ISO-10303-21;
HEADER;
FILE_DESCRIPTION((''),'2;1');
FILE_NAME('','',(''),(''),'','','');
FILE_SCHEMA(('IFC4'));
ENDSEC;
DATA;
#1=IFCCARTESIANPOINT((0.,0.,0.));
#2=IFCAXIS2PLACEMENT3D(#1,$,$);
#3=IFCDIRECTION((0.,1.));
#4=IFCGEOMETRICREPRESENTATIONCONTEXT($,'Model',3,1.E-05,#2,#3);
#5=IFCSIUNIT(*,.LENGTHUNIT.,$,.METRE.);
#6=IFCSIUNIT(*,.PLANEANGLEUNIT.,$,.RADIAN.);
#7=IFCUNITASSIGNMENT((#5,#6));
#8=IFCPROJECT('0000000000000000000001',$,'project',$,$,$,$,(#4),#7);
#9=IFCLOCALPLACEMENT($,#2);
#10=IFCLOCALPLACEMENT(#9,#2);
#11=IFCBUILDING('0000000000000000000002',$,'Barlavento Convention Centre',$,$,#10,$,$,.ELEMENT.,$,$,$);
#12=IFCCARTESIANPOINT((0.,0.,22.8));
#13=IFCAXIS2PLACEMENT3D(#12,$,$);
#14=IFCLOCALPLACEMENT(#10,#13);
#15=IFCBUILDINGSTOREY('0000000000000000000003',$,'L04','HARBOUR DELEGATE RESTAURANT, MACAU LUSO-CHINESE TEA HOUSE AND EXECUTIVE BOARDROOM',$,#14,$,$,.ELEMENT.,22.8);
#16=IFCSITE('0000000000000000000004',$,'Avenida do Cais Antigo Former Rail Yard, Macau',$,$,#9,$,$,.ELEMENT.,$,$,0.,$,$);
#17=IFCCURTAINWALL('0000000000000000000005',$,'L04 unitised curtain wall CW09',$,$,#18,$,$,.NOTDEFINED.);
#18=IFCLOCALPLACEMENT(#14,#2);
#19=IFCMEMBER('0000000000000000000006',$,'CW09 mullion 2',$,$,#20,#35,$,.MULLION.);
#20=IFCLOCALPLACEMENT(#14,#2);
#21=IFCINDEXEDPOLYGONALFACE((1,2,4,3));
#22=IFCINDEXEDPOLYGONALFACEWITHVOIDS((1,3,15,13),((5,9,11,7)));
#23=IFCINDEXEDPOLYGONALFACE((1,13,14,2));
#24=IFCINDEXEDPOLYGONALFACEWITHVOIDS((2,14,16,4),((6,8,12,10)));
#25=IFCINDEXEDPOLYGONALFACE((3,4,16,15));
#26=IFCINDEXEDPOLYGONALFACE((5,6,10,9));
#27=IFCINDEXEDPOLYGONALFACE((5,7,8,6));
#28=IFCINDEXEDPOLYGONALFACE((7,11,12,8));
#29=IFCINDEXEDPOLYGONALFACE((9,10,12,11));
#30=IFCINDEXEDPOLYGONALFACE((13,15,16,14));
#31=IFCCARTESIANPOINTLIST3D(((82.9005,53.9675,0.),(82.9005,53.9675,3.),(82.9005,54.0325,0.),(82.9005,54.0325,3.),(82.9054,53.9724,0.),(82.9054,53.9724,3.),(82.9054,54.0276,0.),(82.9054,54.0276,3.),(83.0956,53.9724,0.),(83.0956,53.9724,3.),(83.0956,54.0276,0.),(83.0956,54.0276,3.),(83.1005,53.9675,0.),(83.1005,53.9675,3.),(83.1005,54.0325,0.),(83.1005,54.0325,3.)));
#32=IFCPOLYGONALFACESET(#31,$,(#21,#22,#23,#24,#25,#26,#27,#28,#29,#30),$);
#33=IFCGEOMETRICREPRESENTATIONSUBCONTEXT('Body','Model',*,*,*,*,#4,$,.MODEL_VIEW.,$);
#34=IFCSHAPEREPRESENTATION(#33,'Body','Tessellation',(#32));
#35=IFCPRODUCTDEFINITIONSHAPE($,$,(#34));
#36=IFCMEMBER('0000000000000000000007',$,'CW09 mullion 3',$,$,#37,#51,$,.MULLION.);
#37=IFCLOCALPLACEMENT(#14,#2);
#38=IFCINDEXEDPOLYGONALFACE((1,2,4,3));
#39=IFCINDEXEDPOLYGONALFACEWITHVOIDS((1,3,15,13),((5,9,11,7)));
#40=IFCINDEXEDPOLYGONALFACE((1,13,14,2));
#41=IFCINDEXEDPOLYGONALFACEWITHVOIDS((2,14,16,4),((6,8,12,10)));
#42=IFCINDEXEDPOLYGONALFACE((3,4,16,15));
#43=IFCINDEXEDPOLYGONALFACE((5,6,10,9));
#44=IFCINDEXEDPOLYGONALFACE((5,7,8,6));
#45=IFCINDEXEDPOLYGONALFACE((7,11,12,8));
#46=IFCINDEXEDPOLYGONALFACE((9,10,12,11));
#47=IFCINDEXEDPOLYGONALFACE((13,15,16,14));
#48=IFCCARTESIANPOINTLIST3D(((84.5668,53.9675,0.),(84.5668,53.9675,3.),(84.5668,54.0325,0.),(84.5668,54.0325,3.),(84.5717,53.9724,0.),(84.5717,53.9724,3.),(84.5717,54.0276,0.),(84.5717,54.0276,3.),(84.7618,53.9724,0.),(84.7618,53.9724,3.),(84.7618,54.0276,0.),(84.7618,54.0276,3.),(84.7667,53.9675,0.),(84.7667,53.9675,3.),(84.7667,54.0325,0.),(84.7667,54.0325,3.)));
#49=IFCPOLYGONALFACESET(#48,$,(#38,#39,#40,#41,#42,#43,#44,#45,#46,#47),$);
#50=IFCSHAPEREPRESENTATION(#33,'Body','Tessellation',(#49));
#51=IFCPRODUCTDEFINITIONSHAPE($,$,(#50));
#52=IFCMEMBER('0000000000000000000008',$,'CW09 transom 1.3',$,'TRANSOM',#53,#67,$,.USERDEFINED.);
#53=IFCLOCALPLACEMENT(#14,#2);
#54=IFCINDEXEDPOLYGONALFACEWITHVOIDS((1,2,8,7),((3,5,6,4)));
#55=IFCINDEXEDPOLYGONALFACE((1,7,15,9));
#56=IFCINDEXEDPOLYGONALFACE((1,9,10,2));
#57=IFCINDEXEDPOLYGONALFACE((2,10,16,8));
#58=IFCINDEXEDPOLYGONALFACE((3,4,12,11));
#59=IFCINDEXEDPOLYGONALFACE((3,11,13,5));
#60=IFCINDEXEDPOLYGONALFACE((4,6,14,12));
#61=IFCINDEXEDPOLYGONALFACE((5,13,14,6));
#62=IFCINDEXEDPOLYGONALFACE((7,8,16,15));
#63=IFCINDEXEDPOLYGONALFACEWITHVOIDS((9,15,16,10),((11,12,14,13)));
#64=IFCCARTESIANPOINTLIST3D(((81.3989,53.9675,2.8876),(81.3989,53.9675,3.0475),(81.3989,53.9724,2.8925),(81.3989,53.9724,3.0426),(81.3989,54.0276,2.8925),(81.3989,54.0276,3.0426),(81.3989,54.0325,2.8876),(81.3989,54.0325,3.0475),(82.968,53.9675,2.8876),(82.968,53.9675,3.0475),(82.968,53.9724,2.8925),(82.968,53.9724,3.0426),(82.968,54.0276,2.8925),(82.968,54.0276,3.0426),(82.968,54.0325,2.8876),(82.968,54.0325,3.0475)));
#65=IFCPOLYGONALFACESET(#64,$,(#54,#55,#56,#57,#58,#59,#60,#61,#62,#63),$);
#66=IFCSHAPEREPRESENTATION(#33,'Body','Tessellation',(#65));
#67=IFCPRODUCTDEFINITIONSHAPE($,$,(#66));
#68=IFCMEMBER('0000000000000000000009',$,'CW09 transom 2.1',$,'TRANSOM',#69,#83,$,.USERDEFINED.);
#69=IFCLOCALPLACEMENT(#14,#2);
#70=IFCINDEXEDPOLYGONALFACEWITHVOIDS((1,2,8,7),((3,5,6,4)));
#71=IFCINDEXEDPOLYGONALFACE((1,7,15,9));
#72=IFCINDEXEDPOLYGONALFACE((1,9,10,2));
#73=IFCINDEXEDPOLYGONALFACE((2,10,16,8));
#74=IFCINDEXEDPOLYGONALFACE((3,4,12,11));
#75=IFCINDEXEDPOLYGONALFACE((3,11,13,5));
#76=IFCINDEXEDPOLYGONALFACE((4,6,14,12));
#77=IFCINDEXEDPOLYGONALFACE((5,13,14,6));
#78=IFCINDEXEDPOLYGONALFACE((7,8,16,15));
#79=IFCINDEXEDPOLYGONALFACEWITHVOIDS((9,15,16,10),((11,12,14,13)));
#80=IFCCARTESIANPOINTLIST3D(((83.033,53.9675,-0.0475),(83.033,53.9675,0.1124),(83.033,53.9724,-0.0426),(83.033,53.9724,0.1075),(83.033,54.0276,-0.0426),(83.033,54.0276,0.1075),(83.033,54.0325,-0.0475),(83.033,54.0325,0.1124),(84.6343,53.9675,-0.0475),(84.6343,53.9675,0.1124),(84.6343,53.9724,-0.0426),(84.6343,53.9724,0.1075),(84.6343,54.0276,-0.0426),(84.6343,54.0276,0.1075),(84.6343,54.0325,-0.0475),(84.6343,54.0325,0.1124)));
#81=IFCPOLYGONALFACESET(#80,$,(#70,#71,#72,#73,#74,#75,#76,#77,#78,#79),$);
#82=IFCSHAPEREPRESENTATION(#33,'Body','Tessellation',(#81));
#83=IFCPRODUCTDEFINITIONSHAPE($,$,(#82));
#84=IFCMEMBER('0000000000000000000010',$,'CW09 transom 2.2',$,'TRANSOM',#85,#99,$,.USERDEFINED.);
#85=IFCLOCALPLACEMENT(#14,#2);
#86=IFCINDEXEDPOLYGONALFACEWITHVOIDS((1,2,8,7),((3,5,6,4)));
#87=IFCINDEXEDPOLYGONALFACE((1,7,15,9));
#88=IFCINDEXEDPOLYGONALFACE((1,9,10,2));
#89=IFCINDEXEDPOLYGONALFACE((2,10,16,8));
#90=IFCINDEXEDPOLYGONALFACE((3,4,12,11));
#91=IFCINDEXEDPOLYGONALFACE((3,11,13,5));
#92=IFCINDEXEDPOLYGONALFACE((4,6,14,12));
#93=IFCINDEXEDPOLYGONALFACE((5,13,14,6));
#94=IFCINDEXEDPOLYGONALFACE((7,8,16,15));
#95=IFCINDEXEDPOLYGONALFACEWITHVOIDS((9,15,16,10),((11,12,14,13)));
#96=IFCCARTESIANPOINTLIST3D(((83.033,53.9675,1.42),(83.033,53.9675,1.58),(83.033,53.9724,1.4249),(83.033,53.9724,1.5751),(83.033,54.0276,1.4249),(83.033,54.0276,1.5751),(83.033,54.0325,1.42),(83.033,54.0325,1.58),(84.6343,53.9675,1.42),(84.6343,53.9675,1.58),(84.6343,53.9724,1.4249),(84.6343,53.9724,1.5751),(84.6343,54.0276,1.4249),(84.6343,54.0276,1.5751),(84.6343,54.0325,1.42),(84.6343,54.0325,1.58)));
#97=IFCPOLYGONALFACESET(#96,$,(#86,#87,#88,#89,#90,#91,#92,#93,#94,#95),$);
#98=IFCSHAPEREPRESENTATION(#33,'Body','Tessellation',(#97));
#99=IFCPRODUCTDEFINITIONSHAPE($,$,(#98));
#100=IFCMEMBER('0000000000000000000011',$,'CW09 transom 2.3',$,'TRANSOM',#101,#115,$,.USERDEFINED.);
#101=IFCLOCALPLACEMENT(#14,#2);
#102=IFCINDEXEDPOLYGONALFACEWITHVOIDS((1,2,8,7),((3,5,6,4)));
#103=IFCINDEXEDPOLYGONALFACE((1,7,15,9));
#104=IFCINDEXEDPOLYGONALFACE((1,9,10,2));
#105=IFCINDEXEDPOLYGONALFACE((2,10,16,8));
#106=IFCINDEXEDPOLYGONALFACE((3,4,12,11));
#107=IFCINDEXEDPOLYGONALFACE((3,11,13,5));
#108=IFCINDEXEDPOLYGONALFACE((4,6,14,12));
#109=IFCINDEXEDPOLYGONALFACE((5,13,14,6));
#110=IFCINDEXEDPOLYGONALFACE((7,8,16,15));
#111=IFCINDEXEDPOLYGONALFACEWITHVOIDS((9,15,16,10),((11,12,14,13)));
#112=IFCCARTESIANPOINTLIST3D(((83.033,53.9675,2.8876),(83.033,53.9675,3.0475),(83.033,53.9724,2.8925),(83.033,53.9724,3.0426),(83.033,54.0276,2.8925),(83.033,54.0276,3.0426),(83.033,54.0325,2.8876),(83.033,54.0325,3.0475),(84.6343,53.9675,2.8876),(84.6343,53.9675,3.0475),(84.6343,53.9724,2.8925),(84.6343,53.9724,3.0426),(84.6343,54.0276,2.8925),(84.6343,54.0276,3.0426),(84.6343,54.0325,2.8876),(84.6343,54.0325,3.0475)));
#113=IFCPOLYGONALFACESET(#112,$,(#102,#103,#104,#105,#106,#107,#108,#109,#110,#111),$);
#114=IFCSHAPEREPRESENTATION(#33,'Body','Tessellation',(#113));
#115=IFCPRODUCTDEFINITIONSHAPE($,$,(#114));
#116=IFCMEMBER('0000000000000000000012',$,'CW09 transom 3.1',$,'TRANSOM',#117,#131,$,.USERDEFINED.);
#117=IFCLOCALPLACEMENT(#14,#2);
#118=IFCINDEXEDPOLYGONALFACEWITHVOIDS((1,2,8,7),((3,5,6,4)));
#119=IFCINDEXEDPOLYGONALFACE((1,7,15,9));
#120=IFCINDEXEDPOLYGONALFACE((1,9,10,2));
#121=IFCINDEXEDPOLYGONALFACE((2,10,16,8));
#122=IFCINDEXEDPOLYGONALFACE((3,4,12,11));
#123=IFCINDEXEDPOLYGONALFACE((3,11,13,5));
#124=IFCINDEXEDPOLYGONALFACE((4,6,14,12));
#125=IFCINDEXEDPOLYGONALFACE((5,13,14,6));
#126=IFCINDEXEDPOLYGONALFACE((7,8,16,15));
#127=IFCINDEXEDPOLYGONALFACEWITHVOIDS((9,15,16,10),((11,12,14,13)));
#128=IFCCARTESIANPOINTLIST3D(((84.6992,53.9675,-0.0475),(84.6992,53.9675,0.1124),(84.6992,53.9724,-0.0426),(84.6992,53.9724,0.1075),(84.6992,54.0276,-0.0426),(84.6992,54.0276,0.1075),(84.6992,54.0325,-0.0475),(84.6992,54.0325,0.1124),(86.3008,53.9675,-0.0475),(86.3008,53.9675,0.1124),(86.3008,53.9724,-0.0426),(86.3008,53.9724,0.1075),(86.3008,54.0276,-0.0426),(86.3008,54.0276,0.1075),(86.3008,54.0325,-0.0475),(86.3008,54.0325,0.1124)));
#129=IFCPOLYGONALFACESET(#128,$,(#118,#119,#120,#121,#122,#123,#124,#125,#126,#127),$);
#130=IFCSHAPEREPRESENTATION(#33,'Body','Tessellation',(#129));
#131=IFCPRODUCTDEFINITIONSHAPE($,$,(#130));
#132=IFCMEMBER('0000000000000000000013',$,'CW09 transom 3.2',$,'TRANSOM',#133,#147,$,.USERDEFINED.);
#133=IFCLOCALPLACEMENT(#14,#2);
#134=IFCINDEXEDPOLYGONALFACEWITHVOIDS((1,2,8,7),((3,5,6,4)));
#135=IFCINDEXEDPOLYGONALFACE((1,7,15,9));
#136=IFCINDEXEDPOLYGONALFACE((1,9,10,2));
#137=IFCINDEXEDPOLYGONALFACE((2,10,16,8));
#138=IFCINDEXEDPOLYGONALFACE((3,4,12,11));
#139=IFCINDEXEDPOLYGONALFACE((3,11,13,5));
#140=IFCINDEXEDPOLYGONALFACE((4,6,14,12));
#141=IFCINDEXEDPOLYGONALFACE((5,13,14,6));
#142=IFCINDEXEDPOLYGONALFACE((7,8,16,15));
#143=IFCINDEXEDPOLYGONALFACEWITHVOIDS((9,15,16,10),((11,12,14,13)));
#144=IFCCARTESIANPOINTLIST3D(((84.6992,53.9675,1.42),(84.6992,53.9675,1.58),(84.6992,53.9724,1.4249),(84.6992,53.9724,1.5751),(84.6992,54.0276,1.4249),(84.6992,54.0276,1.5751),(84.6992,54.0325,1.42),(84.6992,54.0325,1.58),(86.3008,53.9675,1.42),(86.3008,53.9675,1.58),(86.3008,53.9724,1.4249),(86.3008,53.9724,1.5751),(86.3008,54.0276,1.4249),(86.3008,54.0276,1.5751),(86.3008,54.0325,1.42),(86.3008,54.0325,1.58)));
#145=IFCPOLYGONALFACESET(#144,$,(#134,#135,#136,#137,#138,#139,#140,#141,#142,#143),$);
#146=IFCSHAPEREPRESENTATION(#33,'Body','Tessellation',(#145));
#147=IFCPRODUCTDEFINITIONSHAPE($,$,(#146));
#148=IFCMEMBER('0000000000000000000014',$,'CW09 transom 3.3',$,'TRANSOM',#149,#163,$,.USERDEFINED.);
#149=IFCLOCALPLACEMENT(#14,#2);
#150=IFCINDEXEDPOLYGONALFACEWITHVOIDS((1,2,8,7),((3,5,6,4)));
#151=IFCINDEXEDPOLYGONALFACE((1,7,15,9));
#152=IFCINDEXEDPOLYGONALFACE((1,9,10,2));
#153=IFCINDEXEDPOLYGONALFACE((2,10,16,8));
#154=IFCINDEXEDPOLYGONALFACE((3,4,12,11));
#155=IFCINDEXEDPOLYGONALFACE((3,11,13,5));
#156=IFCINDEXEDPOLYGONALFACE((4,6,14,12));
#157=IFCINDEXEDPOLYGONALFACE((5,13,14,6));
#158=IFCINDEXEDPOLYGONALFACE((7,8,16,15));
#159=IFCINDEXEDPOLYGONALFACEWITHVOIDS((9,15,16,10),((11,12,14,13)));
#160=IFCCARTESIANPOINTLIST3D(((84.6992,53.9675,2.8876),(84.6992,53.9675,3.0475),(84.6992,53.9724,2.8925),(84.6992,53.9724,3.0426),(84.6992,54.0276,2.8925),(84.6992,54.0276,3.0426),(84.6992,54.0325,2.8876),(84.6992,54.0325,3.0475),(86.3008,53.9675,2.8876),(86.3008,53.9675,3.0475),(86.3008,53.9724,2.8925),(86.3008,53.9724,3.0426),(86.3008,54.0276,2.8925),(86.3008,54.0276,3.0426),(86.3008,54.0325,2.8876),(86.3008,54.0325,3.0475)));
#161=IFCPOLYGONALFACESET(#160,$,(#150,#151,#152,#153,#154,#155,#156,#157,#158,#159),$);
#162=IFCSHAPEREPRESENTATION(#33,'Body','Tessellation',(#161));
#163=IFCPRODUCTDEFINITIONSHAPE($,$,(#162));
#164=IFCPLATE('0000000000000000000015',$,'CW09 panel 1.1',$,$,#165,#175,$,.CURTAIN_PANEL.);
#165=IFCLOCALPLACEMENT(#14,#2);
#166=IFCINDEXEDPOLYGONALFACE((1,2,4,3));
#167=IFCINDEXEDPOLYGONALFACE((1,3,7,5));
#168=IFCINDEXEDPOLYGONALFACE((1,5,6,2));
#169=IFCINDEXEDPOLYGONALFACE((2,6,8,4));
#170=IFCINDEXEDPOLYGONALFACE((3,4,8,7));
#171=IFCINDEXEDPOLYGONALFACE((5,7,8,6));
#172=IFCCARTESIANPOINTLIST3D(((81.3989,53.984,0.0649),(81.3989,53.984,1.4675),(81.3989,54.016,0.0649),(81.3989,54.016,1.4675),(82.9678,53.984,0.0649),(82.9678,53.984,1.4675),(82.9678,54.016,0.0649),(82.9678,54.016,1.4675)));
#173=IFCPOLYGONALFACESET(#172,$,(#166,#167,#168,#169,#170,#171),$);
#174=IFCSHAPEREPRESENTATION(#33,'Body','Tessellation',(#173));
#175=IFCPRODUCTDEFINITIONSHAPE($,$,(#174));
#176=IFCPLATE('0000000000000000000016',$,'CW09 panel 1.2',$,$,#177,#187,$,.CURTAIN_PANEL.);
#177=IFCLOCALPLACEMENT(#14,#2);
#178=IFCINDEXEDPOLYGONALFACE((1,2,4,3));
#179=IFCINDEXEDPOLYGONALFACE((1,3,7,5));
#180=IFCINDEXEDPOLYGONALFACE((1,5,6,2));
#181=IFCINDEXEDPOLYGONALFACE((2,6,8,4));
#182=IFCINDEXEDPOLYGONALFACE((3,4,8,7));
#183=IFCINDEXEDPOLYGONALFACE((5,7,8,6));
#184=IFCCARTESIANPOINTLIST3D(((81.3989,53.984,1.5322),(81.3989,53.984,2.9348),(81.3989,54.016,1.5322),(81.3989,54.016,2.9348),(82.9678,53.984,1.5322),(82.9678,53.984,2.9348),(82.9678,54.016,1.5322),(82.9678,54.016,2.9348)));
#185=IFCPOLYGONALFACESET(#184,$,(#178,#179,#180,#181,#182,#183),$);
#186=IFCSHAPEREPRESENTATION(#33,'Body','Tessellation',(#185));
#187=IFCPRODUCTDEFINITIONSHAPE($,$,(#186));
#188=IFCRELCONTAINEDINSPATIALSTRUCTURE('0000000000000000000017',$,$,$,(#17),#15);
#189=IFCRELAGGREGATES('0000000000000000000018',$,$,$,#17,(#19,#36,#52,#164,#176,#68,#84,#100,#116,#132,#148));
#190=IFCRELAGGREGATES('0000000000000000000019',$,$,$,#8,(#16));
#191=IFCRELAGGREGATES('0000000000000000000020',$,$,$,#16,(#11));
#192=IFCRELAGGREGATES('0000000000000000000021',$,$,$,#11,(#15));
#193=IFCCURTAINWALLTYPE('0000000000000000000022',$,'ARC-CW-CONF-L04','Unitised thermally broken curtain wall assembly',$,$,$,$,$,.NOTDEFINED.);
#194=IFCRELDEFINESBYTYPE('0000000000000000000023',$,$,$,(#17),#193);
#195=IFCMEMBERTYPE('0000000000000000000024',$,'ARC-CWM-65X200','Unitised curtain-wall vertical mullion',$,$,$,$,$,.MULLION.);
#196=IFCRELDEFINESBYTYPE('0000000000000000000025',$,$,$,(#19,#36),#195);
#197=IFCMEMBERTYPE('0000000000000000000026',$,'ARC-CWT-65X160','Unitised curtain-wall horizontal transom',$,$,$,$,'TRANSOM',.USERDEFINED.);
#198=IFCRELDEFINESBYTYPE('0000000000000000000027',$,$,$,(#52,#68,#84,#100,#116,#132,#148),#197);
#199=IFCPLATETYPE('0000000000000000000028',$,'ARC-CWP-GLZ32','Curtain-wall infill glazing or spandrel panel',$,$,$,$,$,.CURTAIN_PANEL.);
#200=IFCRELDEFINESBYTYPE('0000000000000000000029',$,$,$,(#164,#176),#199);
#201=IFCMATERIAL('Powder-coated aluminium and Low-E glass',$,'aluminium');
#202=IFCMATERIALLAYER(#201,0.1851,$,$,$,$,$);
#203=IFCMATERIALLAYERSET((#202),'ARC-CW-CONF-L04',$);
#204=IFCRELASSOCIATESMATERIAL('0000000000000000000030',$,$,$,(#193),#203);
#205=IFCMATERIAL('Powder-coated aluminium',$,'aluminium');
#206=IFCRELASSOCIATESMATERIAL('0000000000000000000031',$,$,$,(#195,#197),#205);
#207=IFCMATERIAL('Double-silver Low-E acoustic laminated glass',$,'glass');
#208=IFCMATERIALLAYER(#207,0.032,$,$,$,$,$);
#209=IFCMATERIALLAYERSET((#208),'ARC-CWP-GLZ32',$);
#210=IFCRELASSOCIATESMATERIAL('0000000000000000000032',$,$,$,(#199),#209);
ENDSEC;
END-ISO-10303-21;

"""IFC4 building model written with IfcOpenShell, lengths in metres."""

from ifc_helpers import new_model, si_unit, direction, frame, origin, origin_2d, place, context, subcontext, project, spatial, rectangle, hollow_rectangle, extrude, material, layer, layer_set, material_profile, profile_set, type_object, element, aggregate, save


model = new_model("IFC4")

# Units and contexts
model_context = context("Model", 3, precision=1e-05, world=origin(), true_north=direction((0.0, 1.0)))
body_context = subcontext(model_context, "Body", "Model", "MODEL_VIEW")
ifc_project = project(units=[si_unit("LENGTHUNIT", "METRE"), si_unit("PLANEANGLEUNIT", "RADIAN")], contexts=[model_context])

# Site, building, storey
site_placement = place(None, origin())
site = spatial("IfcSite", under=ifc_project, at=site_placement, Name="Avenida do Cais Antigo Former Rail Yard, Macau", CompositionType="ELEMENT", RefElevation=0.0)
building_placement = place(site_placement, origin())
building = spatial("IfcBuilding", under=site, at=building_placement, Name="Barlavento Convention Centre", CompositionType="ELEMENT")
storey_placement = place(building_placement, frame((0.0, 0.0, 22.8)))
storey = spatial("IfcBuildingStorey", under=building, at=storey_placement, Name="L04", Description="HARBOUR DELEGATE RESTAURANT, MACAU LUSO-CHINESE TEA HOUSE AND EXECUTIVE BOARDROOM", CompositionType="ELEMENT", Elevation=22.8)

# Curtain wall, members, plates
ifc_material_1 = material(Name="Powder-coated aluminium and Low-E glass", Category="aluminium")
ifc_layer_1 = layer(ifc_material_1, 0.1851)
ifc_layer_set_1 = layer_set([ifc_layer_1], Name="ARC-CW-CONF-L04")
curtain_wall_type = type_object("IfcCurtainWallType", Name="ARC-CW-CONF-L04", Description="Unitised thermally broken curtain wall assembly", PredefinedType="NOTDEFINED", material=ifc_layer_set_1)
curtain_wall_placement = place(storey_placement, origin())
curtain_wall = element("IfcCurtainWall", 1, at=curtain_wall_placement, inside=storey, type_object=curtain_wall_type, Name="L04 unitised curtain wall CW09", PredefinedType="NOTDEFINED")
ifc_material_2 = material(Name="Powder-coated aluminium", Category="aluminium")
ifc_material_profile_1 = material_profile(ifc_material_2, hollow_rectangle(XDim=0.0649, YDim=0.2, WallThickness=0.0049, at=origin_2d()), Name="AL-MULL 65x200x5")
ifc_profile_set_1 = profile_set([ifc_material_profile_1], Name="Powder-coated aluminium")
member_type_1 = type_object("IfcMemberType", Name="ARC-CWM-65X200", Description="Unitised curtain-wall vertical mullion", PredefinedType="MULLION", material=ifc_profile_set_1)
member_1_placement = place(storey_placement, frame((83.0005, 54.0, 0.0), z_axis=(0.0, 0.0, 1.0), x_axis=(0.0, 1.0, 0.0)))
member_1 = element("IfcMember", 2, at=member_1_placement, type_object=member_type_1, Name="CW09 mullion 2", PredefinedType="MULLION", context=body_context, shape_type="SweptSolid", body=[
    extrude(hollow_rectangle(XDim=0.0649, YDim=0.2, WallThickness=0.0049, at=origin_2d()), origin(), (0.0, 0.0, 1.0), 3.0),
])
member_2_placement = place(storey_placement, frame((84.6667, 54.0, 0.0), z_axis=(0.0, 0.0, 1.0), x_axis=(0.0, 1.0, 0.0)))
member_2 = element("IfcMember", 3, at=member_2_placement, type_object=member_type_1, Name="CW09 mullion 3", PredefinedType="MULLION", context=body_context, shape_type="SweptSolid", body=[
    extrude(hollow_rectangle(XDim=0.0649, YDim=0.2, WallThickness=0.0049, at=origin_2d()), origin(), (0.0, 0.0, 1.0), 3.0),
])
ifc_material_profile_2 = material_profile(ifc_material_2, hollow_rectangle(XDim=0.0649, YDim=0.1599, WallThickness=0.0049, at=origin_2d()), Name="AL-TRAN 65x160x5")
ifc_profile_set_2 = profile_set([ifc_material_profile_2], Name="Powder-coated aluminium")
member_type_2 = type_object("IfcMemberType", Name="ARC-CWT-65X160", Description="Unitised curtain-wall horizontal transom", ElementType="TRANSOM", PredefinedType="USERDEFINED", material=ifc_profile_set_2)
member_3_placement = place(storey_placement, frame((81.3989, 54.0, 2.9675), z_axis=(1.0, 0.0, 0.0), x_axis=(0.0, 1.0, 0.0)))
member_3 = element("IfcMember", 4, at=member_3_placement, type_object=member_type_2, Name="CW09 transom 1.3", ObjectType="TRANSOM", PredefinedType="USERDEFINED", context=body_context, shape_type="SweptSolid", body=[
    extrude(hollow_rectangle(XDim=0.0649, YDim=0.1599, WallThickness=0.0049, at=origin_2d()), origin(), (0.0, 0.0, 1.0), 1.5691),
])
member_4_placement = place(storey_placement, frame((83.033, 54.0, 0.0325), z_axis=(1.0, 0.0, 0.0), x_axis=(0.0, 1.0, 0.0)))
member_4 = element("IfcMember", 5, at=member_4_placement, type_object=member_type_2, Name="CW09 transom 2.1", ObjectType="TRANSOM", PredefinedType="USERDEFINED", context=body_context, shape_type="SweptSolid", body=[
    extrude(hollow_rectangle(XDim=0.0649, YDim=0.1599, WallThickness=0.0049, at=origin_2d()), origin(), (0.0, 0.0, 1.0), 1.6013),
])
member_5_placement = place(storey_placement, frame((83.033, 54.0, 1.5), z_axis=(1.0, 0.0, 0.0), x_axis=(0.0, 1.0, 0.0)))
member_5 = element("IfcMember", 6, at=member_5_placement, type_object=member_type_2, Name="CW09 transom 2.2", ObjectType="TRANSOM", PredefinedType="USERDEFINED", context=body_context, shape_type="SweptSolid", body=[
    extrude(hollow_rectangle(XDim=0.0649, YDim=0.1599, WallThickness=0.0049, at=origin_2d()), origin(), (0.0, 0.0, 1.0), 1.6013),
])
member_6_placement = place(storey_placement, frame((83.033, 54.0, 2.9675), z_axis=(1.0, 0.0, 0.0), x_axis=(0.0, 1.0, 0.0)))
member_6 = element("IfcMember", 7, at=member_6_placement, type_object=member_type_2, Name="CW09 transom 2.3", ObjectType="TRANSOM", PredefinedType="USERDEFINED", context=body_context, shape_type="SweptSolid", body=[
    extrude(hollow_rectangle(XDim=0.0649, YDim=0.1599, WallThickness=0.0049, at=origin_2d()), origin(), (0.0, 0.0, 1.0), 1.6013),
])
member_7_placement = place(storey_placement, frame((84.6992, 54.0, 0.0325), z_axis=(1.0, 0.0, 0.0), x_axis=(0.0, 1.0, 0.0)))
member_7 = element("IfcMember", 8, at=member_7_placement, type_object=member_type_2, Name="CW09 transom 3.1", ObjectType="TRANSOM", PredefinedType="USERDEFINED", context=body_context, shape_type="SweptSolid", body=[
    extrude(hollow_rectangle(XDim=0.0649, YDim=0.1599, WallThickness=0.0049, at=origin_2d()), origin(), (0.0, 0.0, 1.0), 1.6016),
])
member_8_placement = place(storey_placement, frame((84.6992, 54.0, 1.5), z_axis=(1.0, 0.0, 0.0), x_axis=(0.0, 1.0, 0.0)))
member_8 = element("IfcMember", 9, at=member_8_placement, type_object=member_type_2, Name="CW09 transom 3.2", ObjectType="TRANSOM", PredefinedType="USERDEFINED", context=body_context, shape_type="SweptSolid", body=[
    extrude(hollow_rectangle(XDim=0.0649, YDim=0.1599, WallThickness=0.0049, at=origin_2d()), origin(), (0.0, 0.0, 1.0), 1.6016),
])
member_9_placement = place(storey_placement, frame((84.6992, 54.0, 2.9675), z_axis=(1.0, 0.0, 0.0), x_axis=(0.0, 1.0, 0.0)))
member_9 = element("IfcMember", 10, at=member_9_placement, type_object=member_type_2, Name="CW09 transom 3.3", ObjectType="TRANSOM", PredefinedType="USERDEFINED", context=body_context, shape_type="SweptSolid", body=[
    extrude(hollow_rectangle(XDim=0.0649, YDim=0.1599, WallThickness=0.0049, at=origin_2d()), origin(), (0.0, 0.0, 1.0), 1.6016),
])
ifc_material_3 = material(Name="Double-silver Low-E acoustic laminated glass", Category="glass")
ifc_layer_2 = layer(ifc_material_3, 0.032)
ifc_layer_set_2 = layer_set([ifc_layer_2], Name="ARC-CWP-GLZ32")
plate_type = type_object("IfcPlateType", Name="ARC-CWP-GLZ32", Description="Curtain-wall infill glazing or spandrel panel", PredefinedType="CURTAIN_PANEL", material=ifc_layer_set_2)
plate_1_placement = place(storey_placement, frame((82.1833, 54.0, 0.0649), z_axis=(0.0, 0.0, 1.0), x_axis=(1.0, 0.0, 0.0)))
plate_1 = element("IfcPlate", 11, at=plate_1_placement, type_object=plate_type, Name="CW09 panel 1.1", PredefinedType="CURTAIN_PANEL", context=body_context, shape_type="SweptSolid", body=[
    extrude(rectangle(XDim=1.5688, YDim=0.032, at=origin_2d()), origin(), (0.0, 0.0, 1.0), 1.4026),
])
plate_2_placement = place(storey_placement, frame((82.1833, 54.0, 1.5322), z_axis=(0.0, 0.0, 1.0), x_axis=(1.0, 0.0, 0.0)))
plate_2 = element("IfcPlate", 12, at=plate_2_placement, type_object=plate_type, Name="CW09 panel 1.2", PredefinedType="CURTAIN_PANEL", context=body_context, shape_type="SweptSolid", body=[
    extrude(rectangle(XDim=1.5688, YDim=0.032, at=origin_2d()), origin(), (0.0, 0.0, 1.0), 1.4026),
])
aggregate(curtain_wall, [member_1, member_2, member_3, plate_1, plate_2, member_4, member_5, member_6, member_7, member_8, member_9])

save(model, "model.ifc")
